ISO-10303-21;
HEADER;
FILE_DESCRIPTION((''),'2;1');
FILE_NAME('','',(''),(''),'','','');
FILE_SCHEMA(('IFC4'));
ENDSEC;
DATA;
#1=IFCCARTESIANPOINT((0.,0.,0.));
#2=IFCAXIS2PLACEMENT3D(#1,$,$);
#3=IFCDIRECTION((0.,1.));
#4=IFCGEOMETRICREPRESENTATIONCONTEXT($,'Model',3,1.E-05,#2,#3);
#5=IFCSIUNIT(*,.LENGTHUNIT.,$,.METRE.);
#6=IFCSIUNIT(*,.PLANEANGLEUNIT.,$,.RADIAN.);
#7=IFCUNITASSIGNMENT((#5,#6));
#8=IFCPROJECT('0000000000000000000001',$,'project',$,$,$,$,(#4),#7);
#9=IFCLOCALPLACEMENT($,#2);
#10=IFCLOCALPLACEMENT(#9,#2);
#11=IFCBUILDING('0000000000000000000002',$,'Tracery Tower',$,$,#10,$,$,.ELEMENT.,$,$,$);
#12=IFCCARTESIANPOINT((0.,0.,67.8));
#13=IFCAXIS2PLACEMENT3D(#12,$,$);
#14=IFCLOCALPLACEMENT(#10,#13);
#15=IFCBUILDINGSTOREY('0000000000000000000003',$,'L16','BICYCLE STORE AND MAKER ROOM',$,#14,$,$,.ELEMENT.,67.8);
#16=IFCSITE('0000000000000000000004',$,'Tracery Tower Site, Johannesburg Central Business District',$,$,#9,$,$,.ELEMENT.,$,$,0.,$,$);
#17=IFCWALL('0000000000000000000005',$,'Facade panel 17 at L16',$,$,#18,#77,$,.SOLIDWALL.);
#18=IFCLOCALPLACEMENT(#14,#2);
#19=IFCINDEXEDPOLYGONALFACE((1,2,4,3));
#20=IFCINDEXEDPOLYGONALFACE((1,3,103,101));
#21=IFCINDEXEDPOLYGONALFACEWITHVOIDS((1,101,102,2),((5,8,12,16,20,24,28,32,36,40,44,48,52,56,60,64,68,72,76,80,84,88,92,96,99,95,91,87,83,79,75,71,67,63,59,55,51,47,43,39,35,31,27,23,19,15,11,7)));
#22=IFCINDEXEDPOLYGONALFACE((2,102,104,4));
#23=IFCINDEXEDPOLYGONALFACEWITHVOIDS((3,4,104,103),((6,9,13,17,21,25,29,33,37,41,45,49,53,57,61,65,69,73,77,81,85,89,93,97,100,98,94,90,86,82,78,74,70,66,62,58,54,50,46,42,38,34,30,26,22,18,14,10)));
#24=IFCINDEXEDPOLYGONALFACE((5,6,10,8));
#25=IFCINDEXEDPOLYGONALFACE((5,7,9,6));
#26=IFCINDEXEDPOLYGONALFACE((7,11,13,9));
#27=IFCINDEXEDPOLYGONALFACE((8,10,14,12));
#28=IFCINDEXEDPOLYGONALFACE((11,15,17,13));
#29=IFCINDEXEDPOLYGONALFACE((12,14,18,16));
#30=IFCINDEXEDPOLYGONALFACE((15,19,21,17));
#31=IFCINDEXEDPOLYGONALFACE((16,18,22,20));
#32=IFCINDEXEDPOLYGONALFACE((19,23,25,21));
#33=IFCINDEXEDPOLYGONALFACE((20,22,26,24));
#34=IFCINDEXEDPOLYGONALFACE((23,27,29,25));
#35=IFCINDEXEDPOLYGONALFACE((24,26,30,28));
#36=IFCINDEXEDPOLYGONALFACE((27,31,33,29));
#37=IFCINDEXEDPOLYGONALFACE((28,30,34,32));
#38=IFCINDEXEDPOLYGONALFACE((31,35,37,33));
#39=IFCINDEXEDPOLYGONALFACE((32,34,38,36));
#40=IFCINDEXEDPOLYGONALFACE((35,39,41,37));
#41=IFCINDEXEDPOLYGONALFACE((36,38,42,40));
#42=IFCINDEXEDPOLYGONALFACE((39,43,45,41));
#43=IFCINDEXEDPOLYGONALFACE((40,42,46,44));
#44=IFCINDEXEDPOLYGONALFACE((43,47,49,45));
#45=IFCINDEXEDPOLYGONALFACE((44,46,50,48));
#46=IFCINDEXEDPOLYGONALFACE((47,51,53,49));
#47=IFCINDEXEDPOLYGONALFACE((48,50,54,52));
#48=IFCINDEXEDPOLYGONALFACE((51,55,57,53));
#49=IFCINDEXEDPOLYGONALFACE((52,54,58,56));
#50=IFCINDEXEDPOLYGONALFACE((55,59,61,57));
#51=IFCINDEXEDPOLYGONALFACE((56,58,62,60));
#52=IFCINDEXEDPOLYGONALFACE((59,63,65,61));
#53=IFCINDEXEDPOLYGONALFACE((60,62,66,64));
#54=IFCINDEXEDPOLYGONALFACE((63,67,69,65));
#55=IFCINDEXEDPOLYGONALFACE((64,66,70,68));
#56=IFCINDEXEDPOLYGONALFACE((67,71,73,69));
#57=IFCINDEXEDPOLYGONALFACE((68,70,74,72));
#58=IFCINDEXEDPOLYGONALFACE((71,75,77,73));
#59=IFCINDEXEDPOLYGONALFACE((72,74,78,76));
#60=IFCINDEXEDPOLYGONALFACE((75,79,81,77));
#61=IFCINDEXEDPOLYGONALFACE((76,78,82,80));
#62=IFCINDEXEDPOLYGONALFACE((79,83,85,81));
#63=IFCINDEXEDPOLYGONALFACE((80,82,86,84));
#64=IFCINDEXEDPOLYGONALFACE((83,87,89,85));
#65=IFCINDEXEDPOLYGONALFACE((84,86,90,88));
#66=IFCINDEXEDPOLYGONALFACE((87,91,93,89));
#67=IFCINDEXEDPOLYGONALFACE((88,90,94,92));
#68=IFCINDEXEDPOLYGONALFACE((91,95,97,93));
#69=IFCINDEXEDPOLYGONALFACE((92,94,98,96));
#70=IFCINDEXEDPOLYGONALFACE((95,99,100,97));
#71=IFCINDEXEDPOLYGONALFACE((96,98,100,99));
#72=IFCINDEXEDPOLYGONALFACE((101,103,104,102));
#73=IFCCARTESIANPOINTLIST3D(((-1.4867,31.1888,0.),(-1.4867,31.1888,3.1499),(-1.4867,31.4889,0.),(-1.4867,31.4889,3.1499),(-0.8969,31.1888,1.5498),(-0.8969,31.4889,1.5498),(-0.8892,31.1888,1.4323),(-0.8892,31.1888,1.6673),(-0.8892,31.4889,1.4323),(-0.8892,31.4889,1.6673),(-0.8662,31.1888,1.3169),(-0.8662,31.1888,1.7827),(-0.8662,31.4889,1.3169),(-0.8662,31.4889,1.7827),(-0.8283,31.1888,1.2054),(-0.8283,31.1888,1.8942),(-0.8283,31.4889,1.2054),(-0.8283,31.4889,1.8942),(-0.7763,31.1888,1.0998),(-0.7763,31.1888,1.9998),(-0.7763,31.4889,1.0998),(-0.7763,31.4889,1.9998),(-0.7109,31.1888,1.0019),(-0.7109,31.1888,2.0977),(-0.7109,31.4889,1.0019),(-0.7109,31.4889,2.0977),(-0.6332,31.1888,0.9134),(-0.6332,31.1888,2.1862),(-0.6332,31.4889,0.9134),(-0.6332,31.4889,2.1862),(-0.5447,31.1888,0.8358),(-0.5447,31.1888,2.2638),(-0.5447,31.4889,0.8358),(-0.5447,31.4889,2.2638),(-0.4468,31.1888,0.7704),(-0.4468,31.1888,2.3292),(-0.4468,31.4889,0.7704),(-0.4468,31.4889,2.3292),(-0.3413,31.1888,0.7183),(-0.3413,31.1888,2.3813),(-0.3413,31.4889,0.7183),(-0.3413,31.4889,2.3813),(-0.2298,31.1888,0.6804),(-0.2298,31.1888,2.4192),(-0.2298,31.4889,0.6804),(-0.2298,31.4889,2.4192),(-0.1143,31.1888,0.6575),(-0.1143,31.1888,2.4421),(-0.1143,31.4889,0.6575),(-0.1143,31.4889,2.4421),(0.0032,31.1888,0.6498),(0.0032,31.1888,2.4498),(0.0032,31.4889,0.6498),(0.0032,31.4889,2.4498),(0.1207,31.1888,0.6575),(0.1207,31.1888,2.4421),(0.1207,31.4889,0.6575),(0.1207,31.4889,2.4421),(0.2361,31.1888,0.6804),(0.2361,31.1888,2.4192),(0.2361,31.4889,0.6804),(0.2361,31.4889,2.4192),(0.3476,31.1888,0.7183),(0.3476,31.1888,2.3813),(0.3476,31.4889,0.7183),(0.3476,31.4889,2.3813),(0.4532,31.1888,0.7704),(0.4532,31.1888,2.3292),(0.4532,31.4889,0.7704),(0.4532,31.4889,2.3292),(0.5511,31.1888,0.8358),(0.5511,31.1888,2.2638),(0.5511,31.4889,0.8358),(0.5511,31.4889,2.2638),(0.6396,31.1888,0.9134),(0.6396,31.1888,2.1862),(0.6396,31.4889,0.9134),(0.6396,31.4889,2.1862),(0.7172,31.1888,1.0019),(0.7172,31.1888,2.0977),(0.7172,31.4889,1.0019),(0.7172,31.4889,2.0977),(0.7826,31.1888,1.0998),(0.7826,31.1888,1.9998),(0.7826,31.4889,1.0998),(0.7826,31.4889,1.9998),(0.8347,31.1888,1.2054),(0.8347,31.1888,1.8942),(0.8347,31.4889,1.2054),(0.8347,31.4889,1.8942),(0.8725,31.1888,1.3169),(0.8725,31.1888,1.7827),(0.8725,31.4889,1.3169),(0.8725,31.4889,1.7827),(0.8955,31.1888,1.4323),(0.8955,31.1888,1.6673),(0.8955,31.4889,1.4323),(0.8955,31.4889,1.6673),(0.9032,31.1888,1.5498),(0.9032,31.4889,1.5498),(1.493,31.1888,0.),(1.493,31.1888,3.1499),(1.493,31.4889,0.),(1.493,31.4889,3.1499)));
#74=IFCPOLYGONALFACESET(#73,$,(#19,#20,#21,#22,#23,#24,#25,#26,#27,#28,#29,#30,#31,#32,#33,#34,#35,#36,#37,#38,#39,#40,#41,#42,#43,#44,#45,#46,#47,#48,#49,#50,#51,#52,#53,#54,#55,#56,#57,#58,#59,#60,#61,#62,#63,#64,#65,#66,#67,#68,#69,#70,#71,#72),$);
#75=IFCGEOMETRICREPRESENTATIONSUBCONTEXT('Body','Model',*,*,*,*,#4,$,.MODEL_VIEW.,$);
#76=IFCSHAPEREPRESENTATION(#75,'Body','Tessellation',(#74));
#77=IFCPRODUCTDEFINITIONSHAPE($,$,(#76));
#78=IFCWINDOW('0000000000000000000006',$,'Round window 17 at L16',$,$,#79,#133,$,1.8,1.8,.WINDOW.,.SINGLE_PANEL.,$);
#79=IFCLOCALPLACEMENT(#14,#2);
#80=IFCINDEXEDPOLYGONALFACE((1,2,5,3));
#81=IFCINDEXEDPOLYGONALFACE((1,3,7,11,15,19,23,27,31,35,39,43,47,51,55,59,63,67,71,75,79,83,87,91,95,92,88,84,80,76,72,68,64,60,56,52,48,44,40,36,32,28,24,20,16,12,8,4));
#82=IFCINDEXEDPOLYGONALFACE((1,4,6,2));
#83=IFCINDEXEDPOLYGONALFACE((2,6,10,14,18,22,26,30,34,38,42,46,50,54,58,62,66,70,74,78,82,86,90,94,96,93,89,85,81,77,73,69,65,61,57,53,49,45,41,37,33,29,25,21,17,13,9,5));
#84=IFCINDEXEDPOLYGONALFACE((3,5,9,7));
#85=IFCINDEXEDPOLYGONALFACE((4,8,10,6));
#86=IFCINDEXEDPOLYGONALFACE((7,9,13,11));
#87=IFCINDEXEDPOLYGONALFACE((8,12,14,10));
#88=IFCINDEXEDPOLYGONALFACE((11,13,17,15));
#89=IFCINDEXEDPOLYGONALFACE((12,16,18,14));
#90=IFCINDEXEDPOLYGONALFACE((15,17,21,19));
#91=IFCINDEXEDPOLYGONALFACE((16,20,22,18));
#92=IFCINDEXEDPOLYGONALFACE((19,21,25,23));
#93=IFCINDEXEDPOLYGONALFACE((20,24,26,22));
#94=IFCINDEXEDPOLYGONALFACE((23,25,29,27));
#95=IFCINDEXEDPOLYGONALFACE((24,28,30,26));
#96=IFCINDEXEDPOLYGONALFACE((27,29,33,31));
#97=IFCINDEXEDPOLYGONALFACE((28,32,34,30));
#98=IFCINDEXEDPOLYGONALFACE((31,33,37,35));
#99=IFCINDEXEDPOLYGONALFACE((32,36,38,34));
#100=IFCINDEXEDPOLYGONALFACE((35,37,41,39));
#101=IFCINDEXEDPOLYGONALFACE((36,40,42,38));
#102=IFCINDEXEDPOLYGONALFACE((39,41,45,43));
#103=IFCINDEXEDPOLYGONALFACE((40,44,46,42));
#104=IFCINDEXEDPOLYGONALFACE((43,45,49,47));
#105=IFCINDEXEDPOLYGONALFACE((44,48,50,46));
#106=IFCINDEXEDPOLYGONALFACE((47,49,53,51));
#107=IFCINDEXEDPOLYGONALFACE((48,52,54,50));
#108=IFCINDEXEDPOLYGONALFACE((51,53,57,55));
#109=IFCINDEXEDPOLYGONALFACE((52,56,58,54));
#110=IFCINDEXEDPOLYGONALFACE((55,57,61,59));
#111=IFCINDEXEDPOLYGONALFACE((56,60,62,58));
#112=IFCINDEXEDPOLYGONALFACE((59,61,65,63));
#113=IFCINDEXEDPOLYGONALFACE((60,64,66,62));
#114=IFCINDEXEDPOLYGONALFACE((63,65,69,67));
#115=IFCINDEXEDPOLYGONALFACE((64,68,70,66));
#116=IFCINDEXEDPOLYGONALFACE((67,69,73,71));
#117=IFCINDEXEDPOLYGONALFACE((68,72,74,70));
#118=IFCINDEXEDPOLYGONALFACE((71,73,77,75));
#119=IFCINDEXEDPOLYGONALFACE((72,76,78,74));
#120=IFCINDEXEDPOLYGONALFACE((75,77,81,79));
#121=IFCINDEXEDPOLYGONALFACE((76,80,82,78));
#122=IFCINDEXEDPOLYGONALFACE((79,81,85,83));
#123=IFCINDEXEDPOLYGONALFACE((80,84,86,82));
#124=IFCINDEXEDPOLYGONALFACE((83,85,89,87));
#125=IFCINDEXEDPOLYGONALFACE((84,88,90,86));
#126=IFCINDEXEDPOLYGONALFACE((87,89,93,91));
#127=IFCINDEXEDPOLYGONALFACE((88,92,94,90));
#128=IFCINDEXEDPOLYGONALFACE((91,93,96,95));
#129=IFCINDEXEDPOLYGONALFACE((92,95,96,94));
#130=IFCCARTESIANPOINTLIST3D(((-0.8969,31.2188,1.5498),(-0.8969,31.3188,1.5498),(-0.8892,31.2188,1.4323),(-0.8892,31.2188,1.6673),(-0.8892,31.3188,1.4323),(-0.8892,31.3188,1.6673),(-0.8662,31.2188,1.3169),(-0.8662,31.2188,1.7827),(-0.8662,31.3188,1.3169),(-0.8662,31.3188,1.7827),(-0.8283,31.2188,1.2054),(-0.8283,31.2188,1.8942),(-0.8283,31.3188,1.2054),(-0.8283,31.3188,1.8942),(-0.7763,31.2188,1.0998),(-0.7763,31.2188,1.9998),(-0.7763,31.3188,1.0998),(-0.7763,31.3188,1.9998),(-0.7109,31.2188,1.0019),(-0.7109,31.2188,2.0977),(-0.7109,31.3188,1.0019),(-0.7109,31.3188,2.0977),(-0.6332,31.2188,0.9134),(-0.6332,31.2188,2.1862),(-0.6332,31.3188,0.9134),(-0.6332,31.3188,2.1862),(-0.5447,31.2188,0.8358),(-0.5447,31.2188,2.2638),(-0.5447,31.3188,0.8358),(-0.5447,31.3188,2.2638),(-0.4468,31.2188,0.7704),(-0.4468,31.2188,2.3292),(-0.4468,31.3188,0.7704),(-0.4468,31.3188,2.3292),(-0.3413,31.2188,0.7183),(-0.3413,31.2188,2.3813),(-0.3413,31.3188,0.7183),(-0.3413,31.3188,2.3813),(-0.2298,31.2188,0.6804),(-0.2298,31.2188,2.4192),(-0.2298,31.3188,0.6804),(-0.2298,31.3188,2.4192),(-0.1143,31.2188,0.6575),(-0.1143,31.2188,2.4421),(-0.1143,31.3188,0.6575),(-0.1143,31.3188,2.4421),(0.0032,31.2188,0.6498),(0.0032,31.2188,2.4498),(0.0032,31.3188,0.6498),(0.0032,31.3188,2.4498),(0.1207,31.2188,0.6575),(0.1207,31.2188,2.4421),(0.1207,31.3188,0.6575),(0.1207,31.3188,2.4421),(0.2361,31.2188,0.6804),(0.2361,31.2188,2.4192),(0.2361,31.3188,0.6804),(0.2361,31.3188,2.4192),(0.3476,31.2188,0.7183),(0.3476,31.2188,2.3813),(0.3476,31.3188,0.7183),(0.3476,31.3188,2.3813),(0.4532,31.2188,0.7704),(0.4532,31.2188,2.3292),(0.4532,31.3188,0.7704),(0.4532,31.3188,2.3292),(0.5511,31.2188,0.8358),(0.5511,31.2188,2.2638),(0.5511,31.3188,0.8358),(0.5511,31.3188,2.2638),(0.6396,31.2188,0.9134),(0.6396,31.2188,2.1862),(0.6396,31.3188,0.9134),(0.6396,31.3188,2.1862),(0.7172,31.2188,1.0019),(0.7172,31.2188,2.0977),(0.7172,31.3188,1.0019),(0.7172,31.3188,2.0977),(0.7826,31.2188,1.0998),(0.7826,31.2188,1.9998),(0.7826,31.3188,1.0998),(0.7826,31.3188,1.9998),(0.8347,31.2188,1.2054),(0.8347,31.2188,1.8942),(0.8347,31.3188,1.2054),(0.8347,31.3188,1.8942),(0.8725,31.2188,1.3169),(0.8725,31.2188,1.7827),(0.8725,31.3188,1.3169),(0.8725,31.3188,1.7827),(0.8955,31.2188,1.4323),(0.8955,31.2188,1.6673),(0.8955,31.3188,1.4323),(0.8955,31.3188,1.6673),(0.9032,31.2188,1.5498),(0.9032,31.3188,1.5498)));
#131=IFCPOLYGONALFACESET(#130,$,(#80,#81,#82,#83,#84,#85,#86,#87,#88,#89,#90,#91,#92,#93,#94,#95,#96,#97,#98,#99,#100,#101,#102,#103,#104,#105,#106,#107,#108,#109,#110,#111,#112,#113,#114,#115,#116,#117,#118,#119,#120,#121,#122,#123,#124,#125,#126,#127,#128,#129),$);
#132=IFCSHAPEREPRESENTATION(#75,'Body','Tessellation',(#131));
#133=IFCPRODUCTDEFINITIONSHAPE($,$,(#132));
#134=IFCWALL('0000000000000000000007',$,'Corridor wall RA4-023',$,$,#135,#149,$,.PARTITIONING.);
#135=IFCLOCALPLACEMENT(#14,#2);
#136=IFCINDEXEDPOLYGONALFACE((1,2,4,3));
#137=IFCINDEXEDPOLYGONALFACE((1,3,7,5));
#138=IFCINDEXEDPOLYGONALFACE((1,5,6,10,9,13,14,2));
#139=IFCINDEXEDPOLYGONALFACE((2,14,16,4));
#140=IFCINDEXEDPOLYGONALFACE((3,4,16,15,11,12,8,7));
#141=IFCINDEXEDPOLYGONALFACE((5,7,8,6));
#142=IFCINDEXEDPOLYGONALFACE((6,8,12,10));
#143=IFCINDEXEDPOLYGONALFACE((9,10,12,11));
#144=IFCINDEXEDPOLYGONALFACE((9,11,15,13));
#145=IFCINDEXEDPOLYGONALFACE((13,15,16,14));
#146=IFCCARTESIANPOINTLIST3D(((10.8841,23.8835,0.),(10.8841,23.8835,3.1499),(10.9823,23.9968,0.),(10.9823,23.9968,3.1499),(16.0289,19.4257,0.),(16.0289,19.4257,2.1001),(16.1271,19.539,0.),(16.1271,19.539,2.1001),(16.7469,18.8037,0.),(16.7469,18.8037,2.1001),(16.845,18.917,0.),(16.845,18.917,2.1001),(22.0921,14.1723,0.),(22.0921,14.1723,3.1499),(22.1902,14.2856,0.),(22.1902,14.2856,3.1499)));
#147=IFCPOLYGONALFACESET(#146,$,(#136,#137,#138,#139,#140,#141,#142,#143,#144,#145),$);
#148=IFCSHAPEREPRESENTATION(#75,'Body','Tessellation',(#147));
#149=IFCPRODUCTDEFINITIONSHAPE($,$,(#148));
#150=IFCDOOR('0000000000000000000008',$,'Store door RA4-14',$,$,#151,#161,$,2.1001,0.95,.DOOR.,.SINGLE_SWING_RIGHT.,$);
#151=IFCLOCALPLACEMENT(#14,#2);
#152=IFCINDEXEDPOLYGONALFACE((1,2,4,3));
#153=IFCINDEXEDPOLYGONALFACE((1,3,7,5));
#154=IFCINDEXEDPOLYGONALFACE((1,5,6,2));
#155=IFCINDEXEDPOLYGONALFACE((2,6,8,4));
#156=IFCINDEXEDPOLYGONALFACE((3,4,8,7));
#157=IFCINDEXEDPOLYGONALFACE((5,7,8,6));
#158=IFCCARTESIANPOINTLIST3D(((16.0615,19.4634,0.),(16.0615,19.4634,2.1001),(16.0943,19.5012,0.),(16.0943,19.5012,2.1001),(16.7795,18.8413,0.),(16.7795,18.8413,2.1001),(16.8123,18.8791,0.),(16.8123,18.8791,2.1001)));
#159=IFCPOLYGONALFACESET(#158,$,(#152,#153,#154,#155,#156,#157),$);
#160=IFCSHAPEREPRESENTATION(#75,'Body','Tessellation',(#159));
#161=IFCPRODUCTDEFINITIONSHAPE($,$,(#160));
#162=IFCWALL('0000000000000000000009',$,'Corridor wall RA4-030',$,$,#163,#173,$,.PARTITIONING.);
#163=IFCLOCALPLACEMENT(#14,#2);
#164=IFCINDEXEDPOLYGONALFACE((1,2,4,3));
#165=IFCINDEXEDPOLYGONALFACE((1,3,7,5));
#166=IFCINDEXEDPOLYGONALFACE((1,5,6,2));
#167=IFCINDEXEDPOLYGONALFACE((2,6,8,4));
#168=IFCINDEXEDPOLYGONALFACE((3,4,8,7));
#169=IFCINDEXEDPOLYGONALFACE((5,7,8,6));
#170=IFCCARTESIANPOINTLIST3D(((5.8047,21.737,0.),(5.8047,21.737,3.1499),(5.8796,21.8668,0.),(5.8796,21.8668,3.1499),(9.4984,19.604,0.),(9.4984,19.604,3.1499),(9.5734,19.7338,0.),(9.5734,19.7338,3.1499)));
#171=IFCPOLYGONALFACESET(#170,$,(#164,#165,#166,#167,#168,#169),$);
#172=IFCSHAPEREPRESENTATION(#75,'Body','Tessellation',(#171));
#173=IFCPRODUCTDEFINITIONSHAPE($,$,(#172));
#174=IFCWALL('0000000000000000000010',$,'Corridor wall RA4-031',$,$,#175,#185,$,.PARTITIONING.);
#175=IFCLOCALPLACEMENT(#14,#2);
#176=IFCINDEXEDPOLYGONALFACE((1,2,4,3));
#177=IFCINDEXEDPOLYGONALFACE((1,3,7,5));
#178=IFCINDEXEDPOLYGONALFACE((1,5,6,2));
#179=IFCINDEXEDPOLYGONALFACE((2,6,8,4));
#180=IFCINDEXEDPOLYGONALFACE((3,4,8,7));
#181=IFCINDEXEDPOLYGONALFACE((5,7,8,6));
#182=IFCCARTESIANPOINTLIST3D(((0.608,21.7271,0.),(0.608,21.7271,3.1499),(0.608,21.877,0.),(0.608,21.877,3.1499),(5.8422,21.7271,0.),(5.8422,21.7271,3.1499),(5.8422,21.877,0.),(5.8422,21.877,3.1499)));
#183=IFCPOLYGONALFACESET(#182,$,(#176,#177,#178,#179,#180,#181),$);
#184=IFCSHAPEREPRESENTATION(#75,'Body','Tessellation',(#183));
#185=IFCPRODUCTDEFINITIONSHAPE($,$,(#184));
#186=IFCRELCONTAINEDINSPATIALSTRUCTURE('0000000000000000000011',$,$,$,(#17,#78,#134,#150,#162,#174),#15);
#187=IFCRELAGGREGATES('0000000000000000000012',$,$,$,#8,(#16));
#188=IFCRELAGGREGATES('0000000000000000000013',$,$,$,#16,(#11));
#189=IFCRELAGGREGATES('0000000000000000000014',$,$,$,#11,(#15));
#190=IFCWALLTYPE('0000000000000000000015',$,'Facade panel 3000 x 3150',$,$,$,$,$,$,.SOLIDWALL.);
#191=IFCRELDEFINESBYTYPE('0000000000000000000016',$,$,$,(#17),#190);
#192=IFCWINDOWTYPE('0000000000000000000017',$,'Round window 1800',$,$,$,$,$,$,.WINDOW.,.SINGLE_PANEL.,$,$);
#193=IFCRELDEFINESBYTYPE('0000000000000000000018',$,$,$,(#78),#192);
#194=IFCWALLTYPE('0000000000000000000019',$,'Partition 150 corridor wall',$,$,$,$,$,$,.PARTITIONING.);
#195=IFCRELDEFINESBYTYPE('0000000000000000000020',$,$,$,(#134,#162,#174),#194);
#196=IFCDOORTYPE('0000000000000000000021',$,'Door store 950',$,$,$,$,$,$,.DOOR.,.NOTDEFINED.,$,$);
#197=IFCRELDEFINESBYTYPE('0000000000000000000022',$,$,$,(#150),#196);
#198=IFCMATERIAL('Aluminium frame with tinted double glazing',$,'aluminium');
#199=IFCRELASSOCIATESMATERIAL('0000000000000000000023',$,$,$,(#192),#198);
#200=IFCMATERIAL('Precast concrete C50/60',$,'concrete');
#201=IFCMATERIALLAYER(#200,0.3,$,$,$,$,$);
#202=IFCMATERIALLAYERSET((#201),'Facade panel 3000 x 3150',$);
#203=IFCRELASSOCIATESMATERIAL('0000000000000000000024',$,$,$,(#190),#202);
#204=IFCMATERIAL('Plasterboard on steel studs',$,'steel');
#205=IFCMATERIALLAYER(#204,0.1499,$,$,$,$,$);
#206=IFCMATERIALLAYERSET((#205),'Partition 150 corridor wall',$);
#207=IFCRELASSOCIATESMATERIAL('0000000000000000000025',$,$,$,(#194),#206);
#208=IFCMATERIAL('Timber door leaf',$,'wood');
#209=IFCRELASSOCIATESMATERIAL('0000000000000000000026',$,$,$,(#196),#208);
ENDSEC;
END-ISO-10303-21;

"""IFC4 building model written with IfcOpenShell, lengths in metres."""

from ifc_helpers import new_model, si_unit, direction, frame, frame_2d, origin, origin_2d, place, context, subcontext, project, spatial, rectangle, circle, extrude, material, layer, layer_set, type_object, element, fill, save


model = new_model("IFC4")

# Units and contexts
model_context = context("Model", 3, precision=1e-05, world=origin(), true_north=direction((0.0, 1.0)))
body_context = subcontext(model_context, "Body", "Model", "MODEL_VIEW")
ifc_project = project(units=[si_unit("LENGTHUNIT", "METRE"), si_unit("PLANEANGLEUNIT", "RADIAN")], contexts=[model_context])

# Site, building, storey
site_placement = place(None, origin())
site = spatial("IfcSite", under=ifc_project, at=site_placement, Name="Tracery Tower Site, Johannesburg Central Business District", CompositionType="ELEMENT", RefElevation=0.0)
building_placement = place(site_placement, origin())
building = spatial("IfcBuilding", under=site, at=building_placement, Name="Tracery Tower", CompositionType="ELEMENT")
storey_placement = place(building_placement, frame((0.0, 0.0, 67.8)))
storey = spatial("IfcBuildingStorey", under=building, at=storey_placement, Name="L16", Description="BICYCLE STORE AND MAKER ROOM", CompositionType="ELEMENT", Elevation=67.8)

# Wall, opening, window
ifc_material_1 = material(Name="Aluminium frame with tinted double glazing", Category="aluminium")
window_type = type_object("IfcWindowType", Name="Round window 1800", PartitioningType="SINGLE_PANEL", PredefinedType="WINDOW", material=ifc_material_1)
ifc_material_2 = material(Name="Precast concrete C50/60", Category="concrete")
ifc_layer_1 = layer(ifc_material_2, 0.3)
ifc_layer_set_1 = layer_set([ifc_layer_1], Name="Facade panel 3000 x 3150")
wall_type_1 = type_object("IfcWallType", Name="Facade panel 3000 x 3150", PredefinedType="SOLIDWALL", material=ifc_layer_set_1)
wall_1_placement = place(storey_placement, frame((1.4929, 31.3389, 0.0), z_axis=(0.0, 0.0, 1.0), x_axis=(-1.0, 0.0, 0.0)))
wall_1 = element("IfcWall", 1, at=wall_1_placement, inside=storey, type_object=wall_type_1, Name="Facade panel 17 at L16", PredefinedType="SOLIDWALL", context=body_context, shape_type="SweptSolid", body=[
    extrude(rectangle(XDim=2.9797, YDim=0.3, at=frame_2d((1.4897, 0.0))), origin(), (0.0, 0.0, 1.0), 3.1499),
])
opening_1_placement = place(wall_1_placement, frame((1.4897, 0.0, 1.5498)))
opening_1 = element("IfcOpeningElement", 2, at=opening_1_placement, cuts=wall_1, PredefinedType="OPENING", context=body_context, shape_type="SweptSolid", body=[
    extrude(circle(Radius=0.9, at=origin_2d()), frame((0.0, 0.1599, 0.0), z_axis=(0.0, -1.0, 0.0), x_axis=(1.0, 0.0, 0.0)), (0.0, 0.0, 1.0), 0.3201),
])
window_1_placement = place(opening_1_placement, origin())
window_1 = element("IfcWindow", 3, at=window_1_placement, inside=storey, type_object=window_type, Name="Round window 17 at L16", OverallHeight=1.8, OverallWidth=1.8, PartitioningType="SINGLE_PANEL", PredefinedType="WINDOW", context=body_context, shape_type="SweptSolid", body=[
    extrude(circle(Radius=0.9, at=origin_2d()), frame((0.0, 0.1201, 0.0), z_axis=(0.0, -1.0, 0.0), x_axis=(1.0, 0.0, 0.0)), (0.0, 0.0, 1.0), 0.1001),
])
fill(opening_1, window_1)

# Wall, opening, door
ifc_material_3 = material(Name="Plasterboard on steel studs", Category="steel")
ifc_layer_2 = layer(ifc_material_3, 0.1499)
ifc_layer_set_2 = layer_set([ifc_layer_2], Name="Partition 150 corridor wall")
wall_type_2 = type_object("IfcWallType", Name="Partition 150 corridor wall", PredefinedType="PARTITIONING", material=ifc_layer_set_2)
wall_2_placement = place(storey_placement, frame((10.9331, 23.9402, 0.0), z_axis=(0.0, 0.0, 1.0), x_axis=(0.75577, -0.654837, 0.0)))
wall_2 = element("IfcWall", 4, at=wall_2_placement, inside=storey, type_object=wall_type_2, Name="Corridor wall RA4-023", PredefinedType="PARTITIONING", context=body_context, shape_type="SweptSolid", body=[
    extrude(rectangle(XDim=14.8298, YDim=0.1499, at=frame_2d((7.415, 0.0))), origin(), (0.0, 0.0, 1.0), 3.1499),
])
opening_2_placement = place(wall_2_placement, frame((6.8074, 0.0, 0.0)))
opening_2 = element("IfcOpeningElement", 5, at=opening_2_placement, cuts=wall_2, PredefinedType="OPENING", context=body_context, shape_type="SweptSolid", body=[
    extrude(rectangle(XDim=0.95, YDim=2.1001, at=frame_2d((0.4751, 1.05))), frame((0.0, 0.075, 0.0), z_axis=(0.0, -1.0, 0.0), x_axis=(1.0, 0.0, 0.0)), (0.0, 0.0, 1.0), 0.1499),
])
ifc_material_4 = material(Name="Timber door leaf", Category="wood")
door_type_1 = type_object("IfcDoorType", Name="Door store 950", OperationType="NOTDEFINED", PredefinedType="DOOR", material=ifc_material_4)
door_1_placement = place(opening_2_placement, origin())
door_1 = element("IfcDoor", 6, at=door_1_placement, inside=storey, type_object=door_type_1, Name="Store door RA4-14", OperationType="SINGLE_SWING_RIGHT", OverallHeight=2.1001, OverallWidth=0.95, PredefinedType="DOOR", context=body_context, shape_type="SweptSolid", body=[
    extrude(rectangle(XDim=0.95, YDim=2.1001, at=frame_2d((0.4751, 1.05))), frame((0.0, 0.0249, 0.0), z_axis=(0.0, -1.0, 0.0), x_axis=(1.0, 0.0, 0.0)), (0.0, 0.0, 1.0), 0.05),
])
fill(opening_2, door_1)

# Walls
wall_3_placement = place(storey_placement, frame((5.842, 21.802, 0.0), z_axis=(0.0, 0.0, 1.0), x_axis=(0.865984, -0.500073, 0.0)))
element("IfcWall", 7, at=wall_3_placement, inside=storey, type_object=wall_type_2, Name="Corridor wall RA4-030", PredefinedType="PARTITIONING", context=body_context, shape_type="SweptSolid", body=[
    extrude(rectangle(XDim=4.2654, YDim=0.1499, at=frame_2d((2.1328, 0.0))), origin(), (0.0, 0.0, 1.0), 3.1499),
])
wall_4_placement = place(storey_placement, frame((0.6079, 21.802, 0.0), z_axis=(0.0, 0.0, 1.0), x_axis=(1.0, 0.0, 0.0)))
element("IfcWall", 8, at=wall_4_placement, inside=storey, type_object=wall_type_2, Name="Corridor wall RA4-031", PredefinedType="PARTITIONING", context=body_context, shape_type="SweptSolid", body=[
    extrude(rectangle(XDim=5.2341, YDim=0.1499, at=frame_2d((2.6172, 0.0))), origin(), (0.0, 0.0, 1.0), 3.1499),
])

save(model, "model.ifc")
